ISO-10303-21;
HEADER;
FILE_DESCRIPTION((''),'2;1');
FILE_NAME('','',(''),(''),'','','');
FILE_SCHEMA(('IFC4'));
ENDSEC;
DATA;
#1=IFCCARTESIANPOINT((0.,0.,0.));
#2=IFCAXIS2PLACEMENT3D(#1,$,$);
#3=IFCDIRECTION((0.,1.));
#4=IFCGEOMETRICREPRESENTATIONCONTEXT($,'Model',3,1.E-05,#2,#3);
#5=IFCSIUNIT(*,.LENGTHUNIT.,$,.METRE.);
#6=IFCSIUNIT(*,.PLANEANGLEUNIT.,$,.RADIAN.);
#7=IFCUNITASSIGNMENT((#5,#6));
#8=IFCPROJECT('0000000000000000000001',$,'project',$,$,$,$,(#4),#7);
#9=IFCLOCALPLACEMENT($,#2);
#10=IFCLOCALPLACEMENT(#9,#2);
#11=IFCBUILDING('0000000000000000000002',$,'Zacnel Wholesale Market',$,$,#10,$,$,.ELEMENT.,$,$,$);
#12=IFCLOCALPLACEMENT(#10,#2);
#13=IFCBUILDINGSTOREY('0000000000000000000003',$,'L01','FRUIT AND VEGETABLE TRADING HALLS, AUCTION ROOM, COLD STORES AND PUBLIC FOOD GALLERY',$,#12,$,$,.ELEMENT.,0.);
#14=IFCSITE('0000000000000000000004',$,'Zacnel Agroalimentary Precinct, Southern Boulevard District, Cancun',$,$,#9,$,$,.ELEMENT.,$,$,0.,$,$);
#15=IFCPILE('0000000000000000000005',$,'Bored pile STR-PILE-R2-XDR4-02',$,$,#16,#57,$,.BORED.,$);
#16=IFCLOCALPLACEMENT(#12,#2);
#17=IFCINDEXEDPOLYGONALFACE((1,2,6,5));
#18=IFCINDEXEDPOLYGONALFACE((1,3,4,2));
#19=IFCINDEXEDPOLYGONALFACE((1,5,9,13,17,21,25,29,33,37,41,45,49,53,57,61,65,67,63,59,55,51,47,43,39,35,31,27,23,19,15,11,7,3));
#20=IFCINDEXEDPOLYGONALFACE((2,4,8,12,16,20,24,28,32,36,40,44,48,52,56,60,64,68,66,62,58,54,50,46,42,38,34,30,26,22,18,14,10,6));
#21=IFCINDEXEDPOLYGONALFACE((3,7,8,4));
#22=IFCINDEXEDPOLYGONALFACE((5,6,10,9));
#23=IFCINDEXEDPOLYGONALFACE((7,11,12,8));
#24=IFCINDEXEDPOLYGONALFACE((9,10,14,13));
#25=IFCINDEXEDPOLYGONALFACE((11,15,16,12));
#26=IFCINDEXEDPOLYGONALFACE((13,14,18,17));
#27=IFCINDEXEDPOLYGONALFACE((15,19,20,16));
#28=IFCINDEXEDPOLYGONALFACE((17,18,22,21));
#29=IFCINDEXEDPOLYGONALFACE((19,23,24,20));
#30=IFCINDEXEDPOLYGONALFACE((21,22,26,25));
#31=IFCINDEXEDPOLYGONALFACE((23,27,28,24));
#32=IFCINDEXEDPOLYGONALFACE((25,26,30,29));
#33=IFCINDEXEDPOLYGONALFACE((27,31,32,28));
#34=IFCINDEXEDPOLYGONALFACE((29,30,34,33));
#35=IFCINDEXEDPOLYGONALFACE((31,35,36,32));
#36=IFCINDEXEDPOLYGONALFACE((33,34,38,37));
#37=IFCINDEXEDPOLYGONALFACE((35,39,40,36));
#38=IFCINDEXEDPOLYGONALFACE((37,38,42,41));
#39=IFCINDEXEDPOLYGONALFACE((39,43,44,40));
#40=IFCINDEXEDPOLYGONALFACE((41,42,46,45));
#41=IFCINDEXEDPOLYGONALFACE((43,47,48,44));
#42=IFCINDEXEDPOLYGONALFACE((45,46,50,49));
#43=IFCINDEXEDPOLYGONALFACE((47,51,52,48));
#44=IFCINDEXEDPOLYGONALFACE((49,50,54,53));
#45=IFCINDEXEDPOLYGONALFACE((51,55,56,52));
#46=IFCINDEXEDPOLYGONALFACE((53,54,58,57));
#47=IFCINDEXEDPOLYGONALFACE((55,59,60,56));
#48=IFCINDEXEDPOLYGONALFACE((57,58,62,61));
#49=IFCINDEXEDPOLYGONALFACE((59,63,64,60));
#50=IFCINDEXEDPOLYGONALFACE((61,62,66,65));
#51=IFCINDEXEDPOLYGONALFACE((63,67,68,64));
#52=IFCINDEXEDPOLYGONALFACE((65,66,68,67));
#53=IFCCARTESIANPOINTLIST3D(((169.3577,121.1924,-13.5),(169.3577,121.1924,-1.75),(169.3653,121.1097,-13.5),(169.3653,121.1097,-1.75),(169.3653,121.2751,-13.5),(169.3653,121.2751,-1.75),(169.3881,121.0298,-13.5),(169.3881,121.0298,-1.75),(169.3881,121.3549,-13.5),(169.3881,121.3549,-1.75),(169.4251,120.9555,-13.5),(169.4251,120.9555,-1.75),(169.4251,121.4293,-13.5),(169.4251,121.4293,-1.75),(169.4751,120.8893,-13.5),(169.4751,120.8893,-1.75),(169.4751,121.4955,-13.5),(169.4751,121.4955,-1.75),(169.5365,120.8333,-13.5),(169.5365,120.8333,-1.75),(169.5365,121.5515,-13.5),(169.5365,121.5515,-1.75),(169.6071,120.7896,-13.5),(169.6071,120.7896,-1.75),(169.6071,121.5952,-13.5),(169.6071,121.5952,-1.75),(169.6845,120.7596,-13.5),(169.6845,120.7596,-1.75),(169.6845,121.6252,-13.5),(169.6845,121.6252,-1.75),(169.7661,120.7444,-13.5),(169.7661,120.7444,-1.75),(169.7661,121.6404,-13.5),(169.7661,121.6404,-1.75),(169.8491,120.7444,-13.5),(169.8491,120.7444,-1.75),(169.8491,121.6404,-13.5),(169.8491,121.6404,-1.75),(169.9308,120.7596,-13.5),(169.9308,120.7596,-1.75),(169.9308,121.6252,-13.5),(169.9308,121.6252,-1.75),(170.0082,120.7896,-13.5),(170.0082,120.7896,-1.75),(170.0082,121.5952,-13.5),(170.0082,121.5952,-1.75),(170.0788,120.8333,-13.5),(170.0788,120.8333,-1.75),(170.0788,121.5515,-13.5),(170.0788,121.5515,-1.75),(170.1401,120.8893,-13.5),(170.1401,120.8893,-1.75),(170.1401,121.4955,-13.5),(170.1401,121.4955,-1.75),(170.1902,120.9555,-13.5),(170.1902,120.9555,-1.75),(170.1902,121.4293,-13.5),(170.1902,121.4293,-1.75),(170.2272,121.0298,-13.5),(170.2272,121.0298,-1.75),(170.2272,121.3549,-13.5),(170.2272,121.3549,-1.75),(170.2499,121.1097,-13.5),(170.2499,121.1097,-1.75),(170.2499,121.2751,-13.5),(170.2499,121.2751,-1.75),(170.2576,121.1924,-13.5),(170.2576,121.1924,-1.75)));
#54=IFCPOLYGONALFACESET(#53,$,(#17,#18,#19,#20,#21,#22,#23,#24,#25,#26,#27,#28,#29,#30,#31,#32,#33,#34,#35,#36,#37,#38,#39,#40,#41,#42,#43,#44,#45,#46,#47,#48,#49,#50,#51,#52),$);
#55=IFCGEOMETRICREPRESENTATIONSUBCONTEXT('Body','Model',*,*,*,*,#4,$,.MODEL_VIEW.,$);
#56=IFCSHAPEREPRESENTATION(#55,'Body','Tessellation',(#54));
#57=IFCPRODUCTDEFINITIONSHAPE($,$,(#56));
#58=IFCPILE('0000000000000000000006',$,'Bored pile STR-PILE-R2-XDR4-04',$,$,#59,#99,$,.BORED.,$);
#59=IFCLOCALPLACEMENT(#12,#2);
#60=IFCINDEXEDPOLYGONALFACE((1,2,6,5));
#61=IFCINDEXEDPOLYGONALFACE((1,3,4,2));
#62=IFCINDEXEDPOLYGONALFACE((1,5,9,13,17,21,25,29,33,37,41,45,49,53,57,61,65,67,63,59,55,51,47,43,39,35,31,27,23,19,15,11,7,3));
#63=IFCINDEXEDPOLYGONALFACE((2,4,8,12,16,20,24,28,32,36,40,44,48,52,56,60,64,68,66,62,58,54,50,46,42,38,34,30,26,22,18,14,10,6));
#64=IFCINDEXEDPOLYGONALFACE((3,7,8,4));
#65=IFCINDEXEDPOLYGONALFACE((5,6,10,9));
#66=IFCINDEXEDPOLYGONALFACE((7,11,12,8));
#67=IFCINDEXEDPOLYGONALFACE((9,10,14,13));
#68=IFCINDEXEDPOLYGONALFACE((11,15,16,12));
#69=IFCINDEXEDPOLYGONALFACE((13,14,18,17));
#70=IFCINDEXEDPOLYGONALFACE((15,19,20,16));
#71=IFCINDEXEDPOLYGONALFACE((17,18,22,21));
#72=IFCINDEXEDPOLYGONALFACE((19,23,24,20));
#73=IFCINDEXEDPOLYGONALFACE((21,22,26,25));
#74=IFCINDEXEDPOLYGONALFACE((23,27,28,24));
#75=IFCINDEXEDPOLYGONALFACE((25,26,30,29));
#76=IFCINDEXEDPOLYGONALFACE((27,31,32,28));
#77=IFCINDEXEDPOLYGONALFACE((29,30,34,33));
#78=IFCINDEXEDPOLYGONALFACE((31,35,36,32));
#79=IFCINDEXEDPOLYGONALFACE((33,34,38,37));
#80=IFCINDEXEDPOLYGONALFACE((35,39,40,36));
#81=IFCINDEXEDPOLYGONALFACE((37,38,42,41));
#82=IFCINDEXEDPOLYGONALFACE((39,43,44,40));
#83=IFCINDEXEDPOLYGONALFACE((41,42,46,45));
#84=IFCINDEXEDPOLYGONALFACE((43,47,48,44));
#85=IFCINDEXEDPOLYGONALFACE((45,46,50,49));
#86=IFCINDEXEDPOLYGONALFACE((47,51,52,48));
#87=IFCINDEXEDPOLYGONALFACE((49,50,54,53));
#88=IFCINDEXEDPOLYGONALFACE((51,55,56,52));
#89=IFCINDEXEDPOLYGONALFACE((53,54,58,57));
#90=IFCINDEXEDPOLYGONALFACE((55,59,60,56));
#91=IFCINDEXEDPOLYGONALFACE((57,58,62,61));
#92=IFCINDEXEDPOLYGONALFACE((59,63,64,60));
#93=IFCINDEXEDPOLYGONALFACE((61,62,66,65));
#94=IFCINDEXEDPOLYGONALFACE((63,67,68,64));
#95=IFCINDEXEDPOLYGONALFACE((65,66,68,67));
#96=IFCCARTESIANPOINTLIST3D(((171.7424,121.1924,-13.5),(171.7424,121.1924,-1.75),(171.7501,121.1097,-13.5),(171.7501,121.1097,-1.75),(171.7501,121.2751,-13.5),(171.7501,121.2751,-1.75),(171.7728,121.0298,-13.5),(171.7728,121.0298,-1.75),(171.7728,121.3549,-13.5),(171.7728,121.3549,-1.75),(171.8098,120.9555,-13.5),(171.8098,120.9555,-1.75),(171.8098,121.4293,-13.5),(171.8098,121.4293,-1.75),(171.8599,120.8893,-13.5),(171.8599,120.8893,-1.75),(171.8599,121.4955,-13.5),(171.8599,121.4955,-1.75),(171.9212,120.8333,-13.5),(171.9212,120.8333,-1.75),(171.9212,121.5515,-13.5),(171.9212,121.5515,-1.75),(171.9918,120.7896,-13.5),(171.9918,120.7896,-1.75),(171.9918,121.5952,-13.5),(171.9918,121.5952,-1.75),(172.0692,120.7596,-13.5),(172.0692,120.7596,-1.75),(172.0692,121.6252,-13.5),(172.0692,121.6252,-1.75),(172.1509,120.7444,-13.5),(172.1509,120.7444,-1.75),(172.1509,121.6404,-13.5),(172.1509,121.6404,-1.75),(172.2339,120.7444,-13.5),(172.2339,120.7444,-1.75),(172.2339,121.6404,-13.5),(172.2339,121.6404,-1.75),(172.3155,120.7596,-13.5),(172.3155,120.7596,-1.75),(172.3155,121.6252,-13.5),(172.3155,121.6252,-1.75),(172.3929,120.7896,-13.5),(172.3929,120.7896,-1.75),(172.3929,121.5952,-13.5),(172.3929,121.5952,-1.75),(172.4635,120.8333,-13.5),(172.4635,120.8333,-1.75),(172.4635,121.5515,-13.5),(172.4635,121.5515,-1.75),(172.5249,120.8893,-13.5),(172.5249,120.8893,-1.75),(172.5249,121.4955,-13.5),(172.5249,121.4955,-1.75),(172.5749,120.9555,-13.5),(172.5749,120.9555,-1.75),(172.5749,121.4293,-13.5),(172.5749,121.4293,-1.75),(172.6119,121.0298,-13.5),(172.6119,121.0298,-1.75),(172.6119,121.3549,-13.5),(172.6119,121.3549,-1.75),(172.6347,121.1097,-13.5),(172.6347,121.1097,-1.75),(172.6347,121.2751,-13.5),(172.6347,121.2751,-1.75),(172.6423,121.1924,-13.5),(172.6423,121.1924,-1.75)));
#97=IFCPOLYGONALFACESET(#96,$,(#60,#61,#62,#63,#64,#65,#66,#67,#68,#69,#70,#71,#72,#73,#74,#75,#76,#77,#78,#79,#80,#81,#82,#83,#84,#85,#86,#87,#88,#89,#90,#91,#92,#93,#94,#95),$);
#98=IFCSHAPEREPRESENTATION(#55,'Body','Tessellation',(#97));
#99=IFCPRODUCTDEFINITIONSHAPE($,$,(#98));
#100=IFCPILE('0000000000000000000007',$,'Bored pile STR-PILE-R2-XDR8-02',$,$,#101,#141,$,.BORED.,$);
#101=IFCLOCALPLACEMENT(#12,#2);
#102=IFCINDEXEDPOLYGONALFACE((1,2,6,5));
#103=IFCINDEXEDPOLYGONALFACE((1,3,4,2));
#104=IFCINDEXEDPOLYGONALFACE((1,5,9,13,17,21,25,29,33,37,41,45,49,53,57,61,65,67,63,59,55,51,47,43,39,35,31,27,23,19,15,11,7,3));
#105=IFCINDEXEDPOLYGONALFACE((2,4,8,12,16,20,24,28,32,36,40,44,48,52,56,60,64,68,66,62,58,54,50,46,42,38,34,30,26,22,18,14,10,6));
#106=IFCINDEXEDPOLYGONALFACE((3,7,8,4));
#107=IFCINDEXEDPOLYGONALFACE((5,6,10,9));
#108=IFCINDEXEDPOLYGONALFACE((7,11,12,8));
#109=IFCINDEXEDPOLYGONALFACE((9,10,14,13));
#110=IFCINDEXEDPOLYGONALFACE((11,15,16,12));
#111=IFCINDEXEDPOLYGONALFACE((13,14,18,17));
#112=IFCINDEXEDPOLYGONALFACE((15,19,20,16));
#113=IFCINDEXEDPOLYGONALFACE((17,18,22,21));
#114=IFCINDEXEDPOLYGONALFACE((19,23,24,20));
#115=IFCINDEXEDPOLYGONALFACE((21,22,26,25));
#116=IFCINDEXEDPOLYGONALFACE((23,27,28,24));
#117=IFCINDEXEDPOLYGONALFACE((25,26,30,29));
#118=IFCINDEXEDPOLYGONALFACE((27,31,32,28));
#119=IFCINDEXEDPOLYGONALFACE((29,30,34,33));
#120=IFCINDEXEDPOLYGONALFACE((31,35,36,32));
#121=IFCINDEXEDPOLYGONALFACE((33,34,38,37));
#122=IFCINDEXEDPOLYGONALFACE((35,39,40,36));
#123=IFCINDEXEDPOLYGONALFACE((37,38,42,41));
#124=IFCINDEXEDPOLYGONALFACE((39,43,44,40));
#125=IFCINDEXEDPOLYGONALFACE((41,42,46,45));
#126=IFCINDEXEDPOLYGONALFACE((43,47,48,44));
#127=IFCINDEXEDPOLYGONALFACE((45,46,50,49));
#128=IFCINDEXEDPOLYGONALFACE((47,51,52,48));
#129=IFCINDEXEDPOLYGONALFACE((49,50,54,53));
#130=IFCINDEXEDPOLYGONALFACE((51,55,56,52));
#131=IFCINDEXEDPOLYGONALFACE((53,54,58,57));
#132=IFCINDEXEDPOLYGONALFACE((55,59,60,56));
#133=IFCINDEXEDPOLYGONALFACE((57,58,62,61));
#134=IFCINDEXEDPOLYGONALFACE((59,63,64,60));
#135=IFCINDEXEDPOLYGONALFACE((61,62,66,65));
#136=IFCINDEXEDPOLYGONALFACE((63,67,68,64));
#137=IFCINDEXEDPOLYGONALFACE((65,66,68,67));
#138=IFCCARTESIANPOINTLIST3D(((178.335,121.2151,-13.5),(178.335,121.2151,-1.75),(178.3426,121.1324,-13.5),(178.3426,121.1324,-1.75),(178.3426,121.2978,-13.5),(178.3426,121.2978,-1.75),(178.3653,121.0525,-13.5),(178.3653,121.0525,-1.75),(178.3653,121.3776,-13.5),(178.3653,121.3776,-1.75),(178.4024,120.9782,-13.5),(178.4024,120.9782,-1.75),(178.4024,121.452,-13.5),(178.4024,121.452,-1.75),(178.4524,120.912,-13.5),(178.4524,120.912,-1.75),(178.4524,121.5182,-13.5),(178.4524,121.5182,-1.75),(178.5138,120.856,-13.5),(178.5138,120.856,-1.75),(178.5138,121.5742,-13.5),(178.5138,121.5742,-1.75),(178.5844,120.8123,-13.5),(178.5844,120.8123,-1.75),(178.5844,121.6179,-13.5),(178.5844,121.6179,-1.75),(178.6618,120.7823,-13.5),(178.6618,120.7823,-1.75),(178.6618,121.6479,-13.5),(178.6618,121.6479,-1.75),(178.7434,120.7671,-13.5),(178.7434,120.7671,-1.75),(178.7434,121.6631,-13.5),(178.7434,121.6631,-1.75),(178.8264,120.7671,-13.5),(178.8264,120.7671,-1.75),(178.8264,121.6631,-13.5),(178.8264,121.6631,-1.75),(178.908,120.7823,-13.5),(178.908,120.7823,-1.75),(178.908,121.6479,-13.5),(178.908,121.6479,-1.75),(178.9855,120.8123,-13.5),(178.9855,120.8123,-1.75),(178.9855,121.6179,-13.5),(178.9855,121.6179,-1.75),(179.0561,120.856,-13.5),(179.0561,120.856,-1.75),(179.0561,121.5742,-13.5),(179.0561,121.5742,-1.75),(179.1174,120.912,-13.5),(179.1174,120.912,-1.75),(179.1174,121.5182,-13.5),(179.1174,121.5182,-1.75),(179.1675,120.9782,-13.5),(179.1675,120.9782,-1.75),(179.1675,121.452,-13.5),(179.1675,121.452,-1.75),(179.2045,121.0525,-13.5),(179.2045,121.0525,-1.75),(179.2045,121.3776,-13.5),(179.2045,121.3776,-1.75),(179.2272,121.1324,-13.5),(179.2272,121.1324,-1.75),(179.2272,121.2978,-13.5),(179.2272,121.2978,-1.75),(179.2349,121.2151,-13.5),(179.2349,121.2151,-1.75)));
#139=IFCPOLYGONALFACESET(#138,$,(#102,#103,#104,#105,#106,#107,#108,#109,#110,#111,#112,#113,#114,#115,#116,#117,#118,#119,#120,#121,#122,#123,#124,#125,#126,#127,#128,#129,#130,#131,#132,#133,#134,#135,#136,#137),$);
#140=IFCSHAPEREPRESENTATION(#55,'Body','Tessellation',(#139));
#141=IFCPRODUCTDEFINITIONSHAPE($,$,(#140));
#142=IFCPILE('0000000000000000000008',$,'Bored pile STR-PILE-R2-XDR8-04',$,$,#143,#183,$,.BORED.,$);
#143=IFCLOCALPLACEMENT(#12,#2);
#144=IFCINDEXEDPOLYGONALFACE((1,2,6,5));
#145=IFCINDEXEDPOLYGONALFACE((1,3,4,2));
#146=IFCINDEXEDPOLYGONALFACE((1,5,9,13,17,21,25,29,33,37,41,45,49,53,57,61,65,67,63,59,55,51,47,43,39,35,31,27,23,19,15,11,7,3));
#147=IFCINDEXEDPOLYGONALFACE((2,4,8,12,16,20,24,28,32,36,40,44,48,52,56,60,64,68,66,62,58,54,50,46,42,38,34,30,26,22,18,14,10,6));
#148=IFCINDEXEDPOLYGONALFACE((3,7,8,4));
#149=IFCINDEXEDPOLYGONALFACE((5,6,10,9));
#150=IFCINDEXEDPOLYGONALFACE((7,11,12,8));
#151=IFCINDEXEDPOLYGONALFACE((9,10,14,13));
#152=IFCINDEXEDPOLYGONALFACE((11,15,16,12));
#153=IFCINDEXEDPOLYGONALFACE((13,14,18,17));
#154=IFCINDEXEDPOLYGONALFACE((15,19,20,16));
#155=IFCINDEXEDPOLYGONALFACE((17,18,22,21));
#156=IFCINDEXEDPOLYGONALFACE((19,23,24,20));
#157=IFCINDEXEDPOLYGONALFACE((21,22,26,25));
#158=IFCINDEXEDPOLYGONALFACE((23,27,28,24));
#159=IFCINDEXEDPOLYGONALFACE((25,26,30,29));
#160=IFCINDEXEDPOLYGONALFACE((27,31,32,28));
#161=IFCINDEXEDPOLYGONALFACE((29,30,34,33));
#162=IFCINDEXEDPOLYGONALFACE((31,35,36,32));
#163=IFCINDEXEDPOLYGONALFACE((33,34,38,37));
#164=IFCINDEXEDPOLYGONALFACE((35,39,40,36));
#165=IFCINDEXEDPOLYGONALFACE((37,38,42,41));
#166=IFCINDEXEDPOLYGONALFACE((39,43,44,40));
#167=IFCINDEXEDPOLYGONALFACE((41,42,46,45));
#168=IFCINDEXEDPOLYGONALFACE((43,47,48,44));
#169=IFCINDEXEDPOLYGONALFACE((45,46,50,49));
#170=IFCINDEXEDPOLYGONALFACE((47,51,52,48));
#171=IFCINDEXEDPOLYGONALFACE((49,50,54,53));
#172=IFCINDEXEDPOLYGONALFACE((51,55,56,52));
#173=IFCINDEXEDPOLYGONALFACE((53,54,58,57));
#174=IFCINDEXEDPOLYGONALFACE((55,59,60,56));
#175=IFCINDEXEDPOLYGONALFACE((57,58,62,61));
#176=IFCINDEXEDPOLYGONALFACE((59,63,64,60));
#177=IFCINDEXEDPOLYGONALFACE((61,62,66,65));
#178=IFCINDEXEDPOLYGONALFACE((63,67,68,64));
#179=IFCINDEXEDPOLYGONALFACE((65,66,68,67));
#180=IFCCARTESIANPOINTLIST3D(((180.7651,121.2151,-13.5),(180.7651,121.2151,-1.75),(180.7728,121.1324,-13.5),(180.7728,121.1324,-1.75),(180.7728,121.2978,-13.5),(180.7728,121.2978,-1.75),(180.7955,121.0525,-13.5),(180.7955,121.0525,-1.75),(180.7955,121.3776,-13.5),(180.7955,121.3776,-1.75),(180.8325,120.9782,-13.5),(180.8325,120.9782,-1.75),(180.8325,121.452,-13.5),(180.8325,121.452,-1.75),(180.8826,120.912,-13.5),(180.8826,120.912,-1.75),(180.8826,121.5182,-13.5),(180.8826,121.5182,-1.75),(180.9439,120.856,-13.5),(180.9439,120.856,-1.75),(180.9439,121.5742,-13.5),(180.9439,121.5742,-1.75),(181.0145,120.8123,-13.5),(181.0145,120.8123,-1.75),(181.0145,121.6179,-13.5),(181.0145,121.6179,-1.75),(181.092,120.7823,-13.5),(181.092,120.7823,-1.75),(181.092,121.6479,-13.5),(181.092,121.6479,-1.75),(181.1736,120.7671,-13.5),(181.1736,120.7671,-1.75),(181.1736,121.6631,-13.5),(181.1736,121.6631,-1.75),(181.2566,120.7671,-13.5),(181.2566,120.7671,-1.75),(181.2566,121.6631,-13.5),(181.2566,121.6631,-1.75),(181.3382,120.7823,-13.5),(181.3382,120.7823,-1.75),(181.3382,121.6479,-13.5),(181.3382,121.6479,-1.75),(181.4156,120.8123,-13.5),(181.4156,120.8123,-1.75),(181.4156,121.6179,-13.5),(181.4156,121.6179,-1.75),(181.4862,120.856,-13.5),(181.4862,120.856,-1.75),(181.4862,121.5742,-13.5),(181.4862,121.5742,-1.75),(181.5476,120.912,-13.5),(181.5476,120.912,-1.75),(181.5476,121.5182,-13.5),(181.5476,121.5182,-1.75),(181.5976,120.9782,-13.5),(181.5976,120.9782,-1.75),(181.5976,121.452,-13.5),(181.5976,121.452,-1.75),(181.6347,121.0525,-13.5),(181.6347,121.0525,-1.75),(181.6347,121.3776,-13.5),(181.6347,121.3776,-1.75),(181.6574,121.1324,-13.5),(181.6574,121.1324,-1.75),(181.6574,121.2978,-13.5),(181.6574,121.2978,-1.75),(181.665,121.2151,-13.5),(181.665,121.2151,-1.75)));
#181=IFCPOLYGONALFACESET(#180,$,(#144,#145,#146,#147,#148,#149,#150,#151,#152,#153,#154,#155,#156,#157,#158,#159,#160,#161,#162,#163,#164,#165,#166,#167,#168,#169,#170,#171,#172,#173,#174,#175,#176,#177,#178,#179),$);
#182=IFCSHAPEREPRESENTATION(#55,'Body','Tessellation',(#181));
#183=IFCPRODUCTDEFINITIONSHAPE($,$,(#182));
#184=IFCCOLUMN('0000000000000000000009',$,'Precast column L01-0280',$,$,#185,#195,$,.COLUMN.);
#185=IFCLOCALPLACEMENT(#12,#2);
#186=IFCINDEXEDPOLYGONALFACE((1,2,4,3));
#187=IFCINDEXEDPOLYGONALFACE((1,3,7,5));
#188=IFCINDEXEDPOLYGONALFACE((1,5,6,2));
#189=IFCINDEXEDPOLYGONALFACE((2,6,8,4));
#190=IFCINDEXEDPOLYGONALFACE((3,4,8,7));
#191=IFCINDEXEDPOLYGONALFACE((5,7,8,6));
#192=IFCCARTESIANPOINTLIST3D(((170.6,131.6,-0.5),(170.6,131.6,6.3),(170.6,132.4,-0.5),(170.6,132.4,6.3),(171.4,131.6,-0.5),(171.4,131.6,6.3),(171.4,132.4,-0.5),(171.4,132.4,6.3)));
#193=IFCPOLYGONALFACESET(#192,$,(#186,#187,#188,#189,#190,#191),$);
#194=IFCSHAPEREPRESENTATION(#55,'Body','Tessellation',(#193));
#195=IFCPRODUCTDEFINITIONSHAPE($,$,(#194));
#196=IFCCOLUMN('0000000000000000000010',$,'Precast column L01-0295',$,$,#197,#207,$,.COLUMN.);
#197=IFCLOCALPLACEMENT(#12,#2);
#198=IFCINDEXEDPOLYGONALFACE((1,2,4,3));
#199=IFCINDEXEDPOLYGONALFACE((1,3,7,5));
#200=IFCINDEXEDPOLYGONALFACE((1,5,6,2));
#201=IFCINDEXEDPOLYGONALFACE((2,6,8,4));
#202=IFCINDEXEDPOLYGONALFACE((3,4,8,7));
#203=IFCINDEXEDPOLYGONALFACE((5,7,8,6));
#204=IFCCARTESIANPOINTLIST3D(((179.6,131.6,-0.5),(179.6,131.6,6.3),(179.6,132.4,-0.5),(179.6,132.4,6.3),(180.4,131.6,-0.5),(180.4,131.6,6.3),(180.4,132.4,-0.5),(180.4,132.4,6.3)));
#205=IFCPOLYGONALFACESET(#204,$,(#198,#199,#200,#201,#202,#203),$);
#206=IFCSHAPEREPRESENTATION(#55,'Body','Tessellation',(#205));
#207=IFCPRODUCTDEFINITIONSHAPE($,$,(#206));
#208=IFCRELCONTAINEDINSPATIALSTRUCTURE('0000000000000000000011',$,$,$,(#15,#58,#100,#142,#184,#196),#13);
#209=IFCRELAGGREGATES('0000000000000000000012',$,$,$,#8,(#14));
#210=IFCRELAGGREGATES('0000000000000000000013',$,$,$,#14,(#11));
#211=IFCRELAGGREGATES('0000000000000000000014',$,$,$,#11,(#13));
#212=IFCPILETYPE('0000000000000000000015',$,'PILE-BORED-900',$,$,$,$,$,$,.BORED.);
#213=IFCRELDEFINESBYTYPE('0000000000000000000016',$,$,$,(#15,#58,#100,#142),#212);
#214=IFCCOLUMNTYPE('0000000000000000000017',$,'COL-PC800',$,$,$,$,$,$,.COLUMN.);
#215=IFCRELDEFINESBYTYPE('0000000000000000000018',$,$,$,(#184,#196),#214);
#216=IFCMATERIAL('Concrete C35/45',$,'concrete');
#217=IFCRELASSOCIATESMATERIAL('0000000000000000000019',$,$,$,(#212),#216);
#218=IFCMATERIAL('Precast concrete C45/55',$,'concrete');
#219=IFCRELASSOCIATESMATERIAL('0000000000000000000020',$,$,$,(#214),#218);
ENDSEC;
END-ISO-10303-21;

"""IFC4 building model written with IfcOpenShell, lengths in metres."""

from ifc_helpers import new_model, si_unit, direction, frame, origin, origin_2d, place, context, subcontext, project, spatial, rectangle, circle, extrude, material, material_profile, profile_set, type_object, element, save


model = new_model("IFC4")

# Units and contexts
model_context = context("Model", 3, precision=1e-05, world=origin(), true_north=direction((0.0, 1.0)))
body_context = subcontext(model_context, "Body", "Model", "MODEL_VIEW")
ifc_project = project(units=[si_unit("LENGTHUNIT", "METRE"), si_unit("PLANEANGLEUNIT", "RADIAN")], contexts=[model_context])

# Site, building, storey
site_placement = place(None, origin())
site = spatial("IfcSite", under=ifc_project, at=site_placement, Name="Zacnel Agroalimentary Precinct, Southern Boulevard District, Cancun", CompositionType="ELEMENT", RefElevation=0.0)
building_placement = place(site_placement, origin())
building = spatial("IfcBuilding", under=site, at=building_placement, Name="Zacnel Wholesale Market", CompositionType="ELEMENT")
storey_placement = place(building_placement, origin())
storey = spatial("IfcBuildingStorey", under=building, at=storey_placement, Name="L01", Description="FRUIT AND VEGETABLE TRADING HALLS, AUCTION ROOM, COLD STORES AND PUBLIC FOOD GALLERY", CompositionType="ELEMENT", Elevation=0.0)

# Piles
ifc_material_1 = material(Name="Concrete C35/45", Category="concrete")
ifc_material_profile_1 = material_profile(ifc_material_1, circle(Radius=0.45, at=origin_2d()), Name="BORED PILE D900")
ifc_profile_set_1 = profile_set([ifc_material_profile_1], Name="Concrete C35/45")
pile_type_1 = type_object("IfcPileType", Name="PILE-BORED-900", PredefinedType="BORED", material=ifc_profile_set_1)
for number, where, z_axis, x_axis, name in (
    (1, (169.8076, 121.1924, -1.75), (0.0, 0.0, -1.0), (1.0, 0.0, 0.0), "Bored pile STR-PILE-R2-XDR4-02"),
    (2, (172.1924, 121.1924, -1.75), (0.0, 0.0, -1.0), (1.0, 0.0, 0.0), "Bored pile STR-PILE-R2-XDR4-04"),
    (3, (178.7849, 121.2151, -1.75), (0.0, 0.0, -1.0), (1.0, 0.0, 0.0), "Bored pile STR-PILE-R2-XDR8-02"),
    (4, (181.2151, 121.2151, -1.75), (0.0, 0.0, -1.0), (1.0, 0.0, 0.0), "Bored pile STR-PILE-R2-XDR8-04"),
):
    element("IfcPile", number, at=place(storey_placement, frame(where, z_axis=z_axis, x_axis=x_axis)), inside=storey, type_object=pile_type_1, Name=name, PredefinedType="BORED", context=body_context, shape_type="SweptSolid", body=[
        extrude(circle(Radius=0.45, at=origin_2d()), origin(), (0.0, 0.0, 1.0), 11.75),
    ])

# Columns
ifc_material_2 = material(Name="Precast concrete C45/55", Category="concrete")
ifc_material_profile_2 = material_profile(ifc_material_2, rectangle(XDim=0.8, YDim=0.8, at=origin_2d()), Name="PC 800x800")
ifc_profile_set_2 = profile_set([ifc_material_profile_2], Name="Precast concrete C45/55")
column_type = type_object("IfcColumnType", Name="COL-PC800", PredefinedType="COLUMN", material=ifc_profile_set_2)
for number, where, z_axis, x_axis, name in (
    (5, (171.0, 132.0, -0.5), (0.0, 0.0, 1.0), (1.0, 0.0, 0.0), "Precast column L01-0280"),
    (6, (180.0, 132.0, -0.5), (0.0, 0.0, 1.0), (1.0, 0.0, 0.0), "Precast column L01-0295"),
):
    element("IfcColumn", number, at=place(storey_placement, frame(where, z_axis=z_axis, x_axis=x_axis)), inside=storey, type_object=column_type, Name=name, PredefinedType="COLUMN", context=body_context, shape_type="SweptSolid", body=[
        extrude(rectangle(XDim=0.8, YDim=0.8, at=origin_2d()), origin(), (0.0, 0.0, 1.0), 6.8),
    ])

save(model, "model.ifc")
